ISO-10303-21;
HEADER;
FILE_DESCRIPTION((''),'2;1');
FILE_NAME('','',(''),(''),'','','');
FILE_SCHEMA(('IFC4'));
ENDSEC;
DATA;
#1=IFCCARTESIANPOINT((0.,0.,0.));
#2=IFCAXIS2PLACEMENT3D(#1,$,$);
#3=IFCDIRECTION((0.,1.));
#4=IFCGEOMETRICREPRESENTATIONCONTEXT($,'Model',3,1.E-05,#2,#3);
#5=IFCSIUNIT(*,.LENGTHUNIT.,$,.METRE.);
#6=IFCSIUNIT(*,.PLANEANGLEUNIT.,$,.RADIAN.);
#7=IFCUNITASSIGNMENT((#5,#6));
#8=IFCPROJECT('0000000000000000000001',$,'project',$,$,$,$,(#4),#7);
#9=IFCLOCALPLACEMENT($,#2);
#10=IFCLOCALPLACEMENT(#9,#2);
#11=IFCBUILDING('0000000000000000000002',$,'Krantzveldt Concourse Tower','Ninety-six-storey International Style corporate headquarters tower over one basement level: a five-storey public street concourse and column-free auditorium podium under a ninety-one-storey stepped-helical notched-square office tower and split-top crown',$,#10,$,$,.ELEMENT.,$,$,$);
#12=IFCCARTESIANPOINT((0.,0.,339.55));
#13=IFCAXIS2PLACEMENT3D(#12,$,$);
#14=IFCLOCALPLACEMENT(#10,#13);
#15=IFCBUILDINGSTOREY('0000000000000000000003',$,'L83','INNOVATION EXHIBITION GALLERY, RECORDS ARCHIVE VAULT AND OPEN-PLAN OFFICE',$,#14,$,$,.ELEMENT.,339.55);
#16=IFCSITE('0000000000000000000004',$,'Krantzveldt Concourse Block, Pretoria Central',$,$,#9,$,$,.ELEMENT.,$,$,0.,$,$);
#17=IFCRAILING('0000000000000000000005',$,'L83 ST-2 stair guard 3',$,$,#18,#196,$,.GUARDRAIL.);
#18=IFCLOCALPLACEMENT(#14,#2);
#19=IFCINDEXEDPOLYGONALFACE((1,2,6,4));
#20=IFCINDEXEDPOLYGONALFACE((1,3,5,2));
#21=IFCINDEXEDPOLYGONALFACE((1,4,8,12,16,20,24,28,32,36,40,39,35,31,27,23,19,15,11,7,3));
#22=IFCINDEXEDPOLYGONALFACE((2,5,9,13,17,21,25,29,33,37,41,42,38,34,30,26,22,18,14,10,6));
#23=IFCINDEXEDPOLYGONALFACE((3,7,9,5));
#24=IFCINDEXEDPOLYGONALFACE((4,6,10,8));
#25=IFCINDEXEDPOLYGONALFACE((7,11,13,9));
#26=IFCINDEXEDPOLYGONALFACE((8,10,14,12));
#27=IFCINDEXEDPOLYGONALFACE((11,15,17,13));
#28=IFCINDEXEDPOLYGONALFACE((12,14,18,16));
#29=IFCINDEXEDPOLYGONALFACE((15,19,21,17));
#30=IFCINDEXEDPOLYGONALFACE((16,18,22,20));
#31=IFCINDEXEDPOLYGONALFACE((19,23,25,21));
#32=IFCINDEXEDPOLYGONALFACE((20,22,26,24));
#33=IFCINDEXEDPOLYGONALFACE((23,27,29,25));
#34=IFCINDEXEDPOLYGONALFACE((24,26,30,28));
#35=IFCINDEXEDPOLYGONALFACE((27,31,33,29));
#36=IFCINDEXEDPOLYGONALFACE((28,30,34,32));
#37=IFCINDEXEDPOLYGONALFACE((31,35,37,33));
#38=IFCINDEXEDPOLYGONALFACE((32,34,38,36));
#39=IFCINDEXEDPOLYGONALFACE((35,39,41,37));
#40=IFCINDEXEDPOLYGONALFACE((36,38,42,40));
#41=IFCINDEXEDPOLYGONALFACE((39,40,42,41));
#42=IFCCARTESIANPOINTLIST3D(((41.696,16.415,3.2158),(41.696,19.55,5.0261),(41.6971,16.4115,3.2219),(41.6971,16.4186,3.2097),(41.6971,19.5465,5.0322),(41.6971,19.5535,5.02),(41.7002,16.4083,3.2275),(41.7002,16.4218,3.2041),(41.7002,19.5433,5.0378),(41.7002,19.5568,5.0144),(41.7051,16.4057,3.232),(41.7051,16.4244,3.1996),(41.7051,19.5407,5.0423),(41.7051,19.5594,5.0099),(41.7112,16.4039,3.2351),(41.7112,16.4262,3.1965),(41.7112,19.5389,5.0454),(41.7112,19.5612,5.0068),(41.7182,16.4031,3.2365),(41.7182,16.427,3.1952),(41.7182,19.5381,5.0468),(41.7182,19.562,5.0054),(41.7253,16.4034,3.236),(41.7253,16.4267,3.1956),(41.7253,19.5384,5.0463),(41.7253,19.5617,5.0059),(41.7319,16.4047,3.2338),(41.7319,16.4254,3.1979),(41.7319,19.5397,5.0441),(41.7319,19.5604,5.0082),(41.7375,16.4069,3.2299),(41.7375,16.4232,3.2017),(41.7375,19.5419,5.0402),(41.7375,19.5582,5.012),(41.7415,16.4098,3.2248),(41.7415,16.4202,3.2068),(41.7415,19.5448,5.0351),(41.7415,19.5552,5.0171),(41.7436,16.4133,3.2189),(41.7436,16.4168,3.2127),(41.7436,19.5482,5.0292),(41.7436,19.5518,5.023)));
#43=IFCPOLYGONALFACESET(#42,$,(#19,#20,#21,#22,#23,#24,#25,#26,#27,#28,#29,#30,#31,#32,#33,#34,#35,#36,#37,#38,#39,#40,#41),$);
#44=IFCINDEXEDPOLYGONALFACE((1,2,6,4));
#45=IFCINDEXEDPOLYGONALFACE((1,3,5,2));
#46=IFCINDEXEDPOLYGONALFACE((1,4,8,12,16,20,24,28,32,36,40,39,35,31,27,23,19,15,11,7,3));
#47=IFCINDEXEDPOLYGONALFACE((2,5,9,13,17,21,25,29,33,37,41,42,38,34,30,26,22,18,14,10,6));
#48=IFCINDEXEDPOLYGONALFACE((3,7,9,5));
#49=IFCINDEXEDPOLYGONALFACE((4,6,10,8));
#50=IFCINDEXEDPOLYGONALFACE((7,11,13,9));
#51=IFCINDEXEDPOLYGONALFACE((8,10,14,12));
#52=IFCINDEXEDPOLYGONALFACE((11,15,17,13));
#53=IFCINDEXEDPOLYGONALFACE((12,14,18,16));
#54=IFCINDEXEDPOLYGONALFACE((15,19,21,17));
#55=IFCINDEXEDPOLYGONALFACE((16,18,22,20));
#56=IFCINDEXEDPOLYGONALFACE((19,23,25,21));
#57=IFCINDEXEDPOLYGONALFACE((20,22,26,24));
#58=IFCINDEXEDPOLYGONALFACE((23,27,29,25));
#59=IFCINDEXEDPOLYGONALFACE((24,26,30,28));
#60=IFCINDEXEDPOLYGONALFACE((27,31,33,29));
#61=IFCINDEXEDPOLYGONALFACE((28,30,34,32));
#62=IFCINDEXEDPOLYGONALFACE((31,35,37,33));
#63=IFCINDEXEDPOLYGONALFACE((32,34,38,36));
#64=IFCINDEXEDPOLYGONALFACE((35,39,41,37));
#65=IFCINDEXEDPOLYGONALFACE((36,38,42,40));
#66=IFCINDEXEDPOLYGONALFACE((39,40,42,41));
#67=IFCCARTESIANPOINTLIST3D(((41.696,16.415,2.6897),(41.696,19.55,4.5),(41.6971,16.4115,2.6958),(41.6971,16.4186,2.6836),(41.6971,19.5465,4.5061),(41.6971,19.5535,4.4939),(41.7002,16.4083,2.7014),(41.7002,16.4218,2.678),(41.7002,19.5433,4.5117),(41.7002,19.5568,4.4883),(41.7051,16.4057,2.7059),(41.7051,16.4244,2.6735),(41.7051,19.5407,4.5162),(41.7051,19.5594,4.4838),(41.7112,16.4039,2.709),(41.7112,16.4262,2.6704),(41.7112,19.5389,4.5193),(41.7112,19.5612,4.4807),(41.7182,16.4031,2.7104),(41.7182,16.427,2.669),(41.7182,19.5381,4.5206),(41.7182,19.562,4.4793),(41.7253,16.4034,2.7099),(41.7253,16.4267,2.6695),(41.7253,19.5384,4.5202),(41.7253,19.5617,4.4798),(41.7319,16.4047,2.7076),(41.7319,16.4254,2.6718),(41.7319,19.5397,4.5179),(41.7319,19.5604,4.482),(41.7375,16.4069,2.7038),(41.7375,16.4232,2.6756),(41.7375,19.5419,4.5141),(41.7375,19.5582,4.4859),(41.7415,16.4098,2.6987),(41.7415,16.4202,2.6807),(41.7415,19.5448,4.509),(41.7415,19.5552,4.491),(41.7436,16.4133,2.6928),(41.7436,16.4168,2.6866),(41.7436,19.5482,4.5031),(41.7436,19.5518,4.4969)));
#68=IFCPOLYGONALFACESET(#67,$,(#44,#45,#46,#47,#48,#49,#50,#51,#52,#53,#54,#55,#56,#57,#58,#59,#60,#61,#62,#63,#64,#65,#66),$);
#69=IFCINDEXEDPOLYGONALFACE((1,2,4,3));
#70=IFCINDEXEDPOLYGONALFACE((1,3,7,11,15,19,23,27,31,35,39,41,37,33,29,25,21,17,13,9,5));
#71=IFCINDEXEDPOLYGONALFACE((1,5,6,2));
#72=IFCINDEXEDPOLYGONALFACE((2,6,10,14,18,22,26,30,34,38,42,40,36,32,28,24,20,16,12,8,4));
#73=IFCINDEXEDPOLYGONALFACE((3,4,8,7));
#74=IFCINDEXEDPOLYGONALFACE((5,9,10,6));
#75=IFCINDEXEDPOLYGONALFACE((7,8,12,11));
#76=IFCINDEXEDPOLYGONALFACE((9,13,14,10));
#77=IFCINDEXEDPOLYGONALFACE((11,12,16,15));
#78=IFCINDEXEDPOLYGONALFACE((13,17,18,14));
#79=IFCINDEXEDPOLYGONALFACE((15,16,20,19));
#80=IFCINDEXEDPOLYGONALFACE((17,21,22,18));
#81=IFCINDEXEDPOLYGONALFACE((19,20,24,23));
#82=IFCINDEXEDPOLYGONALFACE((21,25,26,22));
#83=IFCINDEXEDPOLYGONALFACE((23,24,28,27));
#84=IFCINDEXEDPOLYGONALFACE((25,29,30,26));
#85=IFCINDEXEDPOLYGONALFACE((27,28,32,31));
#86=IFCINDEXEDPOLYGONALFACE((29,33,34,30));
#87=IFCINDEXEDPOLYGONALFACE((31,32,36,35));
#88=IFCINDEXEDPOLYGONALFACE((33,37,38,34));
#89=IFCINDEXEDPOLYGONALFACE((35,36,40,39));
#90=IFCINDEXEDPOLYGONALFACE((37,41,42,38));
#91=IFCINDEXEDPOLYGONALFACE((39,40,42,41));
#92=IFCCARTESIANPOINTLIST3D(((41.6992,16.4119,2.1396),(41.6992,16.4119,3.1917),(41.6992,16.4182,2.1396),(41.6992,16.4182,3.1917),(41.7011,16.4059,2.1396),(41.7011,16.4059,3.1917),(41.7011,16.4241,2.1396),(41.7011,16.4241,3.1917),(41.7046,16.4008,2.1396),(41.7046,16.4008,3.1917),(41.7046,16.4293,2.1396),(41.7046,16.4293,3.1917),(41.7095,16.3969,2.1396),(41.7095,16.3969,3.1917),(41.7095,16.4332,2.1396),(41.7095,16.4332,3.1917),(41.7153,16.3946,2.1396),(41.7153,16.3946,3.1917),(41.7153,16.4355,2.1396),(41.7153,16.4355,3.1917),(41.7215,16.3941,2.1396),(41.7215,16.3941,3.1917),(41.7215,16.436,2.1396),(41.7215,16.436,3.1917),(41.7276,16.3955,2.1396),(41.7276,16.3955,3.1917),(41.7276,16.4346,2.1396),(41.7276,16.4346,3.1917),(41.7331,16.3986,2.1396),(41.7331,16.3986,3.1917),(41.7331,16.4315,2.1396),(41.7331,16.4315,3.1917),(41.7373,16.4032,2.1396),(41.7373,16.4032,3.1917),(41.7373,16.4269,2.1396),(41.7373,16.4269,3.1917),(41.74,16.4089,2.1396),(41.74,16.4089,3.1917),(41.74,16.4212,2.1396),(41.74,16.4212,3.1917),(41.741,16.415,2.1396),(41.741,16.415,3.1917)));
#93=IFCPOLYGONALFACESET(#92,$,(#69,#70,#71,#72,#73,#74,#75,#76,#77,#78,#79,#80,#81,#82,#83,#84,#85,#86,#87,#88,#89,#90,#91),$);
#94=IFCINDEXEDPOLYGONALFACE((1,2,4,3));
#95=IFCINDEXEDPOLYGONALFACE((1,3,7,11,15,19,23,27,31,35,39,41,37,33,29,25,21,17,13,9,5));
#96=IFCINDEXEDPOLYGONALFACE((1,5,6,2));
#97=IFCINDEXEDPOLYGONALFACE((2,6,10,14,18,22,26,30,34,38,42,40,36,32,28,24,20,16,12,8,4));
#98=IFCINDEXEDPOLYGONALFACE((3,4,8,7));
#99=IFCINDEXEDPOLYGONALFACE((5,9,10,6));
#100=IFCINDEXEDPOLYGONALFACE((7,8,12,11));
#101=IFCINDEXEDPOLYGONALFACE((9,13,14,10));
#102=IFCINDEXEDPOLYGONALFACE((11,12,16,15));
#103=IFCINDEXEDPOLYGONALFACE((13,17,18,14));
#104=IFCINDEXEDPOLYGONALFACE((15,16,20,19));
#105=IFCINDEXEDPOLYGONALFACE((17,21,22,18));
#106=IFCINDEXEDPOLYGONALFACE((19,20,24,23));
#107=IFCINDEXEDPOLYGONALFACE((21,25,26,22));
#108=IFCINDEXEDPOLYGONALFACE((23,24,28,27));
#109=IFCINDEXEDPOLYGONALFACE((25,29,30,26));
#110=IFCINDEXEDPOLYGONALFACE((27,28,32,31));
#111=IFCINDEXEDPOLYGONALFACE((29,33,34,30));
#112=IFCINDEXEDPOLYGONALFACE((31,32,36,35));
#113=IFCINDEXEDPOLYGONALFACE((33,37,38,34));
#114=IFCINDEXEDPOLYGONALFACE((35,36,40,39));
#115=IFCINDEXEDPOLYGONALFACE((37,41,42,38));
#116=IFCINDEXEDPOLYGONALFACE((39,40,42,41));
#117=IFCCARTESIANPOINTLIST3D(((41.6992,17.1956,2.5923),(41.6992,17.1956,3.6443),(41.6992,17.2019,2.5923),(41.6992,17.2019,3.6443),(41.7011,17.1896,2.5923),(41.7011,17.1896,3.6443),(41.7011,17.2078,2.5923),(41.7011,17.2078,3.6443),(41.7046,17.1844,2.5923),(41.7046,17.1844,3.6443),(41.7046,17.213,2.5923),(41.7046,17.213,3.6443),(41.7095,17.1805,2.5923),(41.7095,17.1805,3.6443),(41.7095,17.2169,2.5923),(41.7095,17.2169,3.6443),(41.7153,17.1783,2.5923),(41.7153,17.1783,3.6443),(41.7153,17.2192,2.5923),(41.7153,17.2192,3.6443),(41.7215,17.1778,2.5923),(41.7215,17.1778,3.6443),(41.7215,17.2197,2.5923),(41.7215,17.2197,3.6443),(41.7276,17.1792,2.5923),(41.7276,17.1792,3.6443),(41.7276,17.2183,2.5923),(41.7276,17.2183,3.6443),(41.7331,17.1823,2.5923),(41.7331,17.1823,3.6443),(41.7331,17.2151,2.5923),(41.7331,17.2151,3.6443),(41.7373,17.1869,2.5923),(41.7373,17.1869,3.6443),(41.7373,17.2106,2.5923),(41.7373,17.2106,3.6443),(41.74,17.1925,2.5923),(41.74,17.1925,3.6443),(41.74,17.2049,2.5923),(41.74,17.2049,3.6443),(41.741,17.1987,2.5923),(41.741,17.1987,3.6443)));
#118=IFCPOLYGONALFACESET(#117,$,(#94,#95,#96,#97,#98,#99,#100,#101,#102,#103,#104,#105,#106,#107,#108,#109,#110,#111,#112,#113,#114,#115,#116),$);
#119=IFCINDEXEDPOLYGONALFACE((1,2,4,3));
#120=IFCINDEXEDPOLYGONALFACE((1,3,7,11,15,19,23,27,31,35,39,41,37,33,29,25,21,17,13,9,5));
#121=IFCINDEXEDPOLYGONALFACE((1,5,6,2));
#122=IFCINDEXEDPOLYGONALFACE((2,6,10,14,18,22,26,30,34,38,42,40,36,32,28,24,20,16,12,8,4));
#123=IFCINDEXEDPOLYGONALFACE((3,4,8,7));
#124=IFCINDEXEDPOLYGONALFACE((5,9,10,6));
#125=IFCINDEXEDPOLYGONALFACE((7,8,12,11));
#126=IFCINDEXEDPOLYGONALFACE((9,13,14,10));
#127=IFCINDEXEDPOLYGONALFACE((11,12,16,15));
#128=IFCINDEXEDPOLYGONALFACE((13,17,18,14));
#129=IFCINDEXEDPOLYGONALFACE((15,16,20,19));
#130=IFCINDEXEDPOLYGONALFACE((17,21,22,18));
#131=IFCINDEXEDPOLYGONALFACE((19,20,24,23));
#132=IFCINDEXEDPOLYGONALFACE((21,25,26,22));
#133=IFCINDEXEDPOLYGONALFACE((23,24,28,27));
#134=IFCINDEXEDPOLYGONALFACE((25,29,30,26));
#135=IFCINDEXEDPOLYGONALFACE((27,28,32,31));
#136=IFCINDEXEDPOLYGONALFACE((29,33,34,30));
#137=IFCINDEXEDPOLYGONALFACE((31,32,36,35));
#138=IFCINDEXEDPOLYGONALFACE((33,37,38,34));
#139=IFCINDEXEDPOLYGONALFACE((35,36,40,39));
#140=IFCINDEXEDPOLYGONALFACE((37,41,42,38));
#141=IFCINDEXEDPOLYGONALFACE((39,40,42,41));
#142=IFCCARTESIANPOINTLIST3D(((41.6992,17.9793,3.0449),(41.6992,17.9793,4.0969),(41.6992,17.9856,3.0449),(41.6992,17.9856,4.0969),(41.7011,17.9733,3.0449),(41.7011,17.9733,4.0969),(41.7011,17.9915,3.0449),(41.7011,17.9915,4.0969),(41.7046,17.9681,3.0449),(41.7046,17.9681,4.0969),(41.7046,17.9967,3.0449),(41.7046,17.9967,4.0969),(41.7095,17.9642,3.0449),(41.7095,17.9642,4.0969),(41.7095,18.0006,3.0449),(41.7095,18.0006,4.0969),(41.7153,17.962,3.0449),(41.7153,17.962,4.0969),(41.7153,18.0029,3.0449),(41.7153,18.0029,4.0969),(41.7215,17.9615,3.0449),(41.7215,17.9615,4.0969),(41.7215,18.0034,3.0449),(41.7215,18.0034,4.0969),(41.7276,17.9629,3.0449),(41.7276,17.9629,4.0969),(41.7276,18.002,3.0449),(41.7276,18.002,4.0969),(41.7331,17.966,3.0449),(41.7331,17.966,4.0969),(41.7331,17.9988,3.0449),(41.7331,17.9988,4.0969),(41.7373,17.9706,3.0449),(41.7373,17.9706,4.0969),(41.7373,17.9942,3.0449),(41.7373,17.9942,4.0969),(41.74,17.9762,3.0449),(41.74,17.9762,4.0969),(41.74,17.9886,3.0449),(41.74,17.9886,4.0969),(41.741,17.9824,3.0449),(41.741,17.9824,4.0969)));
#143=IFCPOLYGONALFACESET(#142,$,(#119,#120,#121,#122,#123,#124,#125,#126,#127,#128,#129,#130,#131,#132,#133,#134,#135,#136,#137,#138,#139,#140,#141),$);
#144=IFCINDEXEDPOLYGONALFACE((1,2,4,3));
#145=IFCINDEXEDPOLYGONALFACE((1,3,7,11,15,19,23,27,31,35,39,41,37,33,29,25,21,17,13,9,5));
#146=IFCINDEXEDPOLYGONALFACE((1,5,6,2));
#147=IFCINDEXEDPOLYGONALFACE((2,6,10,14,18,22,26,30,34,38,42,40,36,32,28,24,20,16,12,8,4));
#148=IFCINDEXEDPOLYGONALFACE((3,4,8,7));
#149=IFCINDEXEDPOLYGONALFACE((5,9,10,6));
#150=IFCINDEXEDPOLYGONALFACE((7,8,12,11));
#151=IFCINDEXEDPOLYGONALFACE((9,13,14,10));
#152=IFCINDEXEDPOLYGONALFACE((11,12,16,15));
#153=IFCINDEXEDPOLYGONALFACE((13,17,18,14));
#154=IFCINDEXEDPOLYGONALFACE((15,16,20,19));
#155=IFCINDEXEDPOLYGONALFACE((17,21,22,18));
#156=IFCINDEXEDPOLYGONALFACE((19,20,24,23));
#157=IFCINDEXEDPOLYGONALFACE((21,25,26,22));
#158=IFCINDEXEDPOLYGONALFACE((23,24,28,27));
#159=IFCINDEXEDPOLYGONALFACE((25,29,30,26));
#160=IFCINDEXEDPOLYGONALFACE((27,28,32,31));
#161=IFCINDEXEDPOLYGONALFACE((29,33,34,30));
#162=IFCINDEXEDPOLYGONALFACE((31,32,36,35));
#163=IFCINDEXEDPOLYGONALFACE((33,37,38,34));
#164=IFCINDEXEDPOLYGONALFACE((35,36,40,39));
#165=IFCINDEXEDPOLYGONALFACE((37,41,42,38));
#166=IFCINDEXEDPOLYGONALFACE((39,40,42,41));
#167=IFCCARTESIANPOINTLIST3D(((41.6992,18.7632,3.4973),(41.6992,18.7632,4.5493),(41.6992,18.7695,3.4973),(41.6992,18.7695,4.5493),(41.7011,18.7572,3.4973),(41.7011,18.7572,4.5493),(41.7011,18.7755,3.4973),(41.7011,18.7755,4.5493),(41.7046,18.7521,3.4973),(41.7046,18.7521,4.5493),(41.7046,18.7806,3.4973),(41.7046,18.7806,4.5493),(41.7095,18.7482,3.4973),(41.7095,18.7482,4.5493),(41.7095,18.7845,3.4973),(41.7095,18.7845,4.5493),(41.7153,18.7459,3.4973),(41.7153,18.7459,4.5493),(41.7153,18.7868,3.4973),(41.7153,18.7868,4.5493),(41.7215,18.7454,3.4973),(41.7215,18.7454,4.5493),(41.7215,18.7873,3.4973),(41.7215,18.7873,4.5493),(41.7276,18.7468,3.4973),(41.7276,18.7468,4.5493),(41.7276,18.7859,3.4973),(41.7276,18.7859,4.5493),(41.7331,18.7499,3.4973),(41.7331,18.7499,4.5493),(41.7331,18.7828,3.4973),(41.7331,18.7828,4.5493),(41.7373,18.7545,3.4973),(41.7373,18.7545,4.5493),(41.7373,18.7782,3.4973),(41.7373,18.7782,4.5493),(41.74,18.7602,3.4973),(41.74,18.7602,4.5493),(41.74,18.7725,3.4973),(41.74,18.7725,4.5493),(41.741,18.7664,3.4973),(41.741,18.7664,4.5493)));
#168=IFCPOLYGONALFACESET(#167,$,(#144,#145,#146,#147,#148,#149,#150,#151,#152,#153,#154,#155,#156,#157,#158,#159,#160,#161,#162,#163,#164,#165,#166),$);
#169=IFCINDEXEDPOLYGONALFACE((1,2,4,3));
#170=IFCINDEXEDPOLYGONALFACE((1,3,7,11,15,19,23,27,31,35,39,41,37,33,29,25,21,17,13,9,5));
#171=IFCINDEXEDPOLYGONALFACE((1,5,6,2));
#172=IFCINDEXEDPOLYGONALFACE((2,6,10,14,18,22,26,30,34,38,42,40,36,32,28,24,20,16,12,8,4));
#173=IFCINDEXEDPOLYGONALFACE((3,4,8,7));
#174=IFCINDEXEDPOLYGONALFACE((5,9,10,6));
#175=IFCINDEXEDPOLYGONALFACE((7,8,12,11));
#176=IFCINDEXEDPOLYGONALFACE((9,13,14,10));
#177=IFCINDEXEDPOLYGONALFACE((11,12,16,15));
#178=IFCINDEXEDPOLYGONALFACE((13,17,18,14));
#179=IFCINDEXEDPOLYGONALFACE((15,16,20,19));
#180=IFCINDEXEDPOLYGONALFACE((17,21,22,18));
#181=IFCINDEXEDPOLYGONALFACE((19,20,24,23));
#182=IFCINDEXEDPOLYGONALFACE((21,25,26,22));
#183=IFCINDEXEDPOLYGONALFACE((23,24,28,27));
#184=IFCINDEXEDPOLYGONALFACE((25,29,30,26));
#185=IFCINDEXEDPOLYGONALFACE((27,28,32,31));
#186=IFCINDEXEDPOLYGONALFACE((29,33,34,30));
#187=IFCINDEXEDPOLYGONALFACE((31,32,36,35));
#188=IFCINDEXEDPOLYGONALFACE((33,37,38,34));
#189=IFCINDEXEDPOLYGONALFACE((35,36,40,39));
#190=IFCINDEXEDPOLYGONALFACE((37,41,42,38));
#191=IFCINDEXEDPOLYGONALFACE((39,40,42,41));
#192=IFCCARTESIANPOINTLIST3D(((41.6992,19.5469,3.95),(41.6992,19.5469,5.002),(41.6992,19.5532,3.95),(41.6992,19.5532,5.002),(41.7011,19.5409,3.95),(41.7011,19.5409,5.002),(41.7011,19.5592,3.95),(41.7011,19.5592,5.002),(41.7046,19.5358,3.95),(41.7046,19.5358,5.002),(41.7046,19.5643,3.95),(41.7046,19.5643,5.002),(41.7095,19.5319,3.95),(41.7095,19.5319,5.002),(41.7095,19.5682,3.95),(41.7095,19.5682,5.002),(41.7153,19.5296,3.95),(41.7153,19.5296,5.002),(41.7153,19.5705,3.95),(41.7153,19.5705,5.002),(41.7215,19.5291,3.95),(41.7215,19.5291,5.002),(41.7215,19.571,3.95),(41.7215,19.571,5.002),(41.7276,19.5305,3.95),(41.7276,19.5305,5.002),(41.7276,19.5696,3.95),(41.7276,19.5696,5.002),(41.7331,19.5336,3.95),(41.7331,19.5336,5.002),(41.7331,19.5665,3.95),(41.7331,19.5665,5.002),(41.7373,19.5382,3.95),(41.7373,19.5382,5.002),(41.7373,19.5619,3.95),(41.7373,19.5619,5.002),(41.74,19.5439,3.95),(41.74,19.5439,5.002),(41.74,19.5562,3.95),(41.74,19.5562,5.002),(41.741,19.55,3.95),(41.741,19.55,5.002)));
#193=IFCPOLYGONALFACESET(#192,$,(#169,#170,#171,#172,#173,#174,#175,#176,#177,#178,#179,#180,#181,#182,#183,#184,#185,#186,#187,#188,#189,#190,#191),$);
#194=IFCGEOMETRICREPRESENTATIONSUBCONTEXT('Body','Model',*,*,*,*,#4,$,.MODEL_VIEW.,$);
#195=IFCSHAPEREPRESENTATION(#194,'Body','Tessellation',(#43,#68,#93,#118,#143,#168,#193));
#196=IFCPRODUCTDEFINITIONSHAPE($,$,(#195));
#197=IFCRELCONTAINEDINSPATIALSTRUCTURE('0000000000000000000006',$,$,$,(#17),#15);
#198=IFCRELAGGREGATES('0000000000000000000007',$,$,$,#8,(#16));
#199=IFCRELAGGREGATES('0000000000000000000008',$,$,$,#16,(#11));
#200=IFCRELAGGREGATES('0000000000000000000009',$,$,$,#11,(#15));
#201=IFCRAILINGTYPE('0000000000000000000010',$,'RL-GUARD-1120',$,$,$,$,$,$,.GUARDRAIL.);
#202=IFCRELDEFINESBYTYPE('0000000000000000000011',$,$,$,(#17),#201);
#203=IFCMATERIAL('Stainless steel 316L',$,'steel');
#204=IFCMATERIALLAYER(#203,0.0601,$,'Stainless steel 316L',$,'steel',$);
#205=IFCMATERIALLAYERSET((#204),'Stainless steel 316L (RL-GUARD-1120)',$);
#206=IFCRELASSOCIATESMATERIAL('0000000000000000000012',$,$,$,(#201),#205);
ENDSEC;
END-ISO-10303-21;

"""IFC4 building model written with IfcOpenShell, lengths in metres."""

from ifc_helpers import new_model, si_unit, direction, frame, origin, origin_2d, place, context, subcontext, project, spatial, circle, extrude, material, layer, layer_set, type_object, element, save


model = new_model("IFC4")

# Units and contexts
model_context = context("Model", 3, precision=1e-05, world=origin(), true_north=direction((0.0, 1.0)))
body_context = subcontext(model_context, "Body", "Model", "MODEL_VIEW")
ifc_project = project(units=[si_unit("LENGTHUNIT", "METRE"), si_unit("PLANEANGLEUNIT", "RADIAN")], contexts=[model_context])

# Site, building, storey
site_placement = place(None, origin())
site = spatial("IfcSite", under=ifc_project, at=site_placement, Name="Krantzveldt Concourse Block, Pretoria Central", CompositionType="ELEMENT", RefElevation=0.0)
building_placement = place(site_placement, origin())
building = spatial("IfcBuilding", under=site, at=building_placement, Name="Krantzveldt Concourse Tower", Description="Ninety-six-storey International Style corporate headquarters tower over one basement level: a five-storey public street concourse and column-free auditorium podium under a ninety-one-storey stepped-helical notched-square office tower and split-top crown", CompositionType="ELEMENT")
storey_placement = place(building_placement, frame((0.0, 0.0, 339.55)))
storey = spatial("IfcBuildingStorey", under=building, at=storey_placement, Name="L83", Description="INNOVATION EXHIBITION GALLERY, RECORDS ARCHIVE VAULT AND OPEN-PLAN OFFICE", CompositionType="ELEMENT", Elevation=339.55)

# Shared definitions
ifc_material_1 = material(Name="Stainless steel 316L", Category="steel")

# Railing
ifc_layer_1 = layer(ifc_material_1, 0.0601, Name="Stainless steel 316L", Category="steel")
ifc_layer_set_1 = layer_set([ifc_layer_1], Name="Stainless steel 316L (RL-GUARD-1120)")
railing_type_1 = type_object("IfcRailingType", Name="RL-GUARD-1120", PredefinedType="GUARDRAIL", material=ifc_layer_set_1)
railing_1_placement = place(storey_placement, frame((41.72, 16.415, 2.1396)))
element("IfcRailing", 1, at=railing_1_placement, inside=storey, type_object=railing_type_1, Name="L83 ST-2 stair guard 3", PredefinedType="GUARDRAIL", context=body_context, shape_type="SweptSolid", body=[
    extrude(circle(Radius=0.0239, at=origin_2d()), frame((0.0, 0.0, 1.0762), z_axis=(0.0, 0.865989, 0.500063), x_axis=(-1.0, 0.0, 0.0)), (0.0, 0.0, 1.0), 3.6201),
    extrude(circle(Radius=0.0239, at=origin_2d()), frame((0.0, 0.0, 0.55), z_axis=(0.0, 0.865989, 0.500063), x_axis=(-1.0, 0.0, 0.0)), (0.0, 0.0, 1.0), 3.6201),
    extrude(circle(Radius=0.021, at=origin_2d()), origin(), (0.0, 0.0, 1.0), 1.052),
    extrude(circle(Radius=0.021, at=origin_2d()), frame((0.0, 0.7837, 0.4526)), (0.0, 0.0, 1.0), 1.052),
    extrude(circle(Radius=0.021, at=origin_2d()), frame((0.0, 1.5674, 0.9053)), (0.0, 0.0, 1.0), 1.052),
    extrude(circle(Radius=0.021, at=origin_2d()), frame((0.0, 2.3513, 1.3577)), (0.0, 0.0, 1.0), 1.052),
    extrude(circle(Radius=0.021, at=origin_2d()), frame((0.0, 3.135, 1.8103)), (0.0, 0.0, 1.0), 1.052),
])

save(model, "model.ifc")
